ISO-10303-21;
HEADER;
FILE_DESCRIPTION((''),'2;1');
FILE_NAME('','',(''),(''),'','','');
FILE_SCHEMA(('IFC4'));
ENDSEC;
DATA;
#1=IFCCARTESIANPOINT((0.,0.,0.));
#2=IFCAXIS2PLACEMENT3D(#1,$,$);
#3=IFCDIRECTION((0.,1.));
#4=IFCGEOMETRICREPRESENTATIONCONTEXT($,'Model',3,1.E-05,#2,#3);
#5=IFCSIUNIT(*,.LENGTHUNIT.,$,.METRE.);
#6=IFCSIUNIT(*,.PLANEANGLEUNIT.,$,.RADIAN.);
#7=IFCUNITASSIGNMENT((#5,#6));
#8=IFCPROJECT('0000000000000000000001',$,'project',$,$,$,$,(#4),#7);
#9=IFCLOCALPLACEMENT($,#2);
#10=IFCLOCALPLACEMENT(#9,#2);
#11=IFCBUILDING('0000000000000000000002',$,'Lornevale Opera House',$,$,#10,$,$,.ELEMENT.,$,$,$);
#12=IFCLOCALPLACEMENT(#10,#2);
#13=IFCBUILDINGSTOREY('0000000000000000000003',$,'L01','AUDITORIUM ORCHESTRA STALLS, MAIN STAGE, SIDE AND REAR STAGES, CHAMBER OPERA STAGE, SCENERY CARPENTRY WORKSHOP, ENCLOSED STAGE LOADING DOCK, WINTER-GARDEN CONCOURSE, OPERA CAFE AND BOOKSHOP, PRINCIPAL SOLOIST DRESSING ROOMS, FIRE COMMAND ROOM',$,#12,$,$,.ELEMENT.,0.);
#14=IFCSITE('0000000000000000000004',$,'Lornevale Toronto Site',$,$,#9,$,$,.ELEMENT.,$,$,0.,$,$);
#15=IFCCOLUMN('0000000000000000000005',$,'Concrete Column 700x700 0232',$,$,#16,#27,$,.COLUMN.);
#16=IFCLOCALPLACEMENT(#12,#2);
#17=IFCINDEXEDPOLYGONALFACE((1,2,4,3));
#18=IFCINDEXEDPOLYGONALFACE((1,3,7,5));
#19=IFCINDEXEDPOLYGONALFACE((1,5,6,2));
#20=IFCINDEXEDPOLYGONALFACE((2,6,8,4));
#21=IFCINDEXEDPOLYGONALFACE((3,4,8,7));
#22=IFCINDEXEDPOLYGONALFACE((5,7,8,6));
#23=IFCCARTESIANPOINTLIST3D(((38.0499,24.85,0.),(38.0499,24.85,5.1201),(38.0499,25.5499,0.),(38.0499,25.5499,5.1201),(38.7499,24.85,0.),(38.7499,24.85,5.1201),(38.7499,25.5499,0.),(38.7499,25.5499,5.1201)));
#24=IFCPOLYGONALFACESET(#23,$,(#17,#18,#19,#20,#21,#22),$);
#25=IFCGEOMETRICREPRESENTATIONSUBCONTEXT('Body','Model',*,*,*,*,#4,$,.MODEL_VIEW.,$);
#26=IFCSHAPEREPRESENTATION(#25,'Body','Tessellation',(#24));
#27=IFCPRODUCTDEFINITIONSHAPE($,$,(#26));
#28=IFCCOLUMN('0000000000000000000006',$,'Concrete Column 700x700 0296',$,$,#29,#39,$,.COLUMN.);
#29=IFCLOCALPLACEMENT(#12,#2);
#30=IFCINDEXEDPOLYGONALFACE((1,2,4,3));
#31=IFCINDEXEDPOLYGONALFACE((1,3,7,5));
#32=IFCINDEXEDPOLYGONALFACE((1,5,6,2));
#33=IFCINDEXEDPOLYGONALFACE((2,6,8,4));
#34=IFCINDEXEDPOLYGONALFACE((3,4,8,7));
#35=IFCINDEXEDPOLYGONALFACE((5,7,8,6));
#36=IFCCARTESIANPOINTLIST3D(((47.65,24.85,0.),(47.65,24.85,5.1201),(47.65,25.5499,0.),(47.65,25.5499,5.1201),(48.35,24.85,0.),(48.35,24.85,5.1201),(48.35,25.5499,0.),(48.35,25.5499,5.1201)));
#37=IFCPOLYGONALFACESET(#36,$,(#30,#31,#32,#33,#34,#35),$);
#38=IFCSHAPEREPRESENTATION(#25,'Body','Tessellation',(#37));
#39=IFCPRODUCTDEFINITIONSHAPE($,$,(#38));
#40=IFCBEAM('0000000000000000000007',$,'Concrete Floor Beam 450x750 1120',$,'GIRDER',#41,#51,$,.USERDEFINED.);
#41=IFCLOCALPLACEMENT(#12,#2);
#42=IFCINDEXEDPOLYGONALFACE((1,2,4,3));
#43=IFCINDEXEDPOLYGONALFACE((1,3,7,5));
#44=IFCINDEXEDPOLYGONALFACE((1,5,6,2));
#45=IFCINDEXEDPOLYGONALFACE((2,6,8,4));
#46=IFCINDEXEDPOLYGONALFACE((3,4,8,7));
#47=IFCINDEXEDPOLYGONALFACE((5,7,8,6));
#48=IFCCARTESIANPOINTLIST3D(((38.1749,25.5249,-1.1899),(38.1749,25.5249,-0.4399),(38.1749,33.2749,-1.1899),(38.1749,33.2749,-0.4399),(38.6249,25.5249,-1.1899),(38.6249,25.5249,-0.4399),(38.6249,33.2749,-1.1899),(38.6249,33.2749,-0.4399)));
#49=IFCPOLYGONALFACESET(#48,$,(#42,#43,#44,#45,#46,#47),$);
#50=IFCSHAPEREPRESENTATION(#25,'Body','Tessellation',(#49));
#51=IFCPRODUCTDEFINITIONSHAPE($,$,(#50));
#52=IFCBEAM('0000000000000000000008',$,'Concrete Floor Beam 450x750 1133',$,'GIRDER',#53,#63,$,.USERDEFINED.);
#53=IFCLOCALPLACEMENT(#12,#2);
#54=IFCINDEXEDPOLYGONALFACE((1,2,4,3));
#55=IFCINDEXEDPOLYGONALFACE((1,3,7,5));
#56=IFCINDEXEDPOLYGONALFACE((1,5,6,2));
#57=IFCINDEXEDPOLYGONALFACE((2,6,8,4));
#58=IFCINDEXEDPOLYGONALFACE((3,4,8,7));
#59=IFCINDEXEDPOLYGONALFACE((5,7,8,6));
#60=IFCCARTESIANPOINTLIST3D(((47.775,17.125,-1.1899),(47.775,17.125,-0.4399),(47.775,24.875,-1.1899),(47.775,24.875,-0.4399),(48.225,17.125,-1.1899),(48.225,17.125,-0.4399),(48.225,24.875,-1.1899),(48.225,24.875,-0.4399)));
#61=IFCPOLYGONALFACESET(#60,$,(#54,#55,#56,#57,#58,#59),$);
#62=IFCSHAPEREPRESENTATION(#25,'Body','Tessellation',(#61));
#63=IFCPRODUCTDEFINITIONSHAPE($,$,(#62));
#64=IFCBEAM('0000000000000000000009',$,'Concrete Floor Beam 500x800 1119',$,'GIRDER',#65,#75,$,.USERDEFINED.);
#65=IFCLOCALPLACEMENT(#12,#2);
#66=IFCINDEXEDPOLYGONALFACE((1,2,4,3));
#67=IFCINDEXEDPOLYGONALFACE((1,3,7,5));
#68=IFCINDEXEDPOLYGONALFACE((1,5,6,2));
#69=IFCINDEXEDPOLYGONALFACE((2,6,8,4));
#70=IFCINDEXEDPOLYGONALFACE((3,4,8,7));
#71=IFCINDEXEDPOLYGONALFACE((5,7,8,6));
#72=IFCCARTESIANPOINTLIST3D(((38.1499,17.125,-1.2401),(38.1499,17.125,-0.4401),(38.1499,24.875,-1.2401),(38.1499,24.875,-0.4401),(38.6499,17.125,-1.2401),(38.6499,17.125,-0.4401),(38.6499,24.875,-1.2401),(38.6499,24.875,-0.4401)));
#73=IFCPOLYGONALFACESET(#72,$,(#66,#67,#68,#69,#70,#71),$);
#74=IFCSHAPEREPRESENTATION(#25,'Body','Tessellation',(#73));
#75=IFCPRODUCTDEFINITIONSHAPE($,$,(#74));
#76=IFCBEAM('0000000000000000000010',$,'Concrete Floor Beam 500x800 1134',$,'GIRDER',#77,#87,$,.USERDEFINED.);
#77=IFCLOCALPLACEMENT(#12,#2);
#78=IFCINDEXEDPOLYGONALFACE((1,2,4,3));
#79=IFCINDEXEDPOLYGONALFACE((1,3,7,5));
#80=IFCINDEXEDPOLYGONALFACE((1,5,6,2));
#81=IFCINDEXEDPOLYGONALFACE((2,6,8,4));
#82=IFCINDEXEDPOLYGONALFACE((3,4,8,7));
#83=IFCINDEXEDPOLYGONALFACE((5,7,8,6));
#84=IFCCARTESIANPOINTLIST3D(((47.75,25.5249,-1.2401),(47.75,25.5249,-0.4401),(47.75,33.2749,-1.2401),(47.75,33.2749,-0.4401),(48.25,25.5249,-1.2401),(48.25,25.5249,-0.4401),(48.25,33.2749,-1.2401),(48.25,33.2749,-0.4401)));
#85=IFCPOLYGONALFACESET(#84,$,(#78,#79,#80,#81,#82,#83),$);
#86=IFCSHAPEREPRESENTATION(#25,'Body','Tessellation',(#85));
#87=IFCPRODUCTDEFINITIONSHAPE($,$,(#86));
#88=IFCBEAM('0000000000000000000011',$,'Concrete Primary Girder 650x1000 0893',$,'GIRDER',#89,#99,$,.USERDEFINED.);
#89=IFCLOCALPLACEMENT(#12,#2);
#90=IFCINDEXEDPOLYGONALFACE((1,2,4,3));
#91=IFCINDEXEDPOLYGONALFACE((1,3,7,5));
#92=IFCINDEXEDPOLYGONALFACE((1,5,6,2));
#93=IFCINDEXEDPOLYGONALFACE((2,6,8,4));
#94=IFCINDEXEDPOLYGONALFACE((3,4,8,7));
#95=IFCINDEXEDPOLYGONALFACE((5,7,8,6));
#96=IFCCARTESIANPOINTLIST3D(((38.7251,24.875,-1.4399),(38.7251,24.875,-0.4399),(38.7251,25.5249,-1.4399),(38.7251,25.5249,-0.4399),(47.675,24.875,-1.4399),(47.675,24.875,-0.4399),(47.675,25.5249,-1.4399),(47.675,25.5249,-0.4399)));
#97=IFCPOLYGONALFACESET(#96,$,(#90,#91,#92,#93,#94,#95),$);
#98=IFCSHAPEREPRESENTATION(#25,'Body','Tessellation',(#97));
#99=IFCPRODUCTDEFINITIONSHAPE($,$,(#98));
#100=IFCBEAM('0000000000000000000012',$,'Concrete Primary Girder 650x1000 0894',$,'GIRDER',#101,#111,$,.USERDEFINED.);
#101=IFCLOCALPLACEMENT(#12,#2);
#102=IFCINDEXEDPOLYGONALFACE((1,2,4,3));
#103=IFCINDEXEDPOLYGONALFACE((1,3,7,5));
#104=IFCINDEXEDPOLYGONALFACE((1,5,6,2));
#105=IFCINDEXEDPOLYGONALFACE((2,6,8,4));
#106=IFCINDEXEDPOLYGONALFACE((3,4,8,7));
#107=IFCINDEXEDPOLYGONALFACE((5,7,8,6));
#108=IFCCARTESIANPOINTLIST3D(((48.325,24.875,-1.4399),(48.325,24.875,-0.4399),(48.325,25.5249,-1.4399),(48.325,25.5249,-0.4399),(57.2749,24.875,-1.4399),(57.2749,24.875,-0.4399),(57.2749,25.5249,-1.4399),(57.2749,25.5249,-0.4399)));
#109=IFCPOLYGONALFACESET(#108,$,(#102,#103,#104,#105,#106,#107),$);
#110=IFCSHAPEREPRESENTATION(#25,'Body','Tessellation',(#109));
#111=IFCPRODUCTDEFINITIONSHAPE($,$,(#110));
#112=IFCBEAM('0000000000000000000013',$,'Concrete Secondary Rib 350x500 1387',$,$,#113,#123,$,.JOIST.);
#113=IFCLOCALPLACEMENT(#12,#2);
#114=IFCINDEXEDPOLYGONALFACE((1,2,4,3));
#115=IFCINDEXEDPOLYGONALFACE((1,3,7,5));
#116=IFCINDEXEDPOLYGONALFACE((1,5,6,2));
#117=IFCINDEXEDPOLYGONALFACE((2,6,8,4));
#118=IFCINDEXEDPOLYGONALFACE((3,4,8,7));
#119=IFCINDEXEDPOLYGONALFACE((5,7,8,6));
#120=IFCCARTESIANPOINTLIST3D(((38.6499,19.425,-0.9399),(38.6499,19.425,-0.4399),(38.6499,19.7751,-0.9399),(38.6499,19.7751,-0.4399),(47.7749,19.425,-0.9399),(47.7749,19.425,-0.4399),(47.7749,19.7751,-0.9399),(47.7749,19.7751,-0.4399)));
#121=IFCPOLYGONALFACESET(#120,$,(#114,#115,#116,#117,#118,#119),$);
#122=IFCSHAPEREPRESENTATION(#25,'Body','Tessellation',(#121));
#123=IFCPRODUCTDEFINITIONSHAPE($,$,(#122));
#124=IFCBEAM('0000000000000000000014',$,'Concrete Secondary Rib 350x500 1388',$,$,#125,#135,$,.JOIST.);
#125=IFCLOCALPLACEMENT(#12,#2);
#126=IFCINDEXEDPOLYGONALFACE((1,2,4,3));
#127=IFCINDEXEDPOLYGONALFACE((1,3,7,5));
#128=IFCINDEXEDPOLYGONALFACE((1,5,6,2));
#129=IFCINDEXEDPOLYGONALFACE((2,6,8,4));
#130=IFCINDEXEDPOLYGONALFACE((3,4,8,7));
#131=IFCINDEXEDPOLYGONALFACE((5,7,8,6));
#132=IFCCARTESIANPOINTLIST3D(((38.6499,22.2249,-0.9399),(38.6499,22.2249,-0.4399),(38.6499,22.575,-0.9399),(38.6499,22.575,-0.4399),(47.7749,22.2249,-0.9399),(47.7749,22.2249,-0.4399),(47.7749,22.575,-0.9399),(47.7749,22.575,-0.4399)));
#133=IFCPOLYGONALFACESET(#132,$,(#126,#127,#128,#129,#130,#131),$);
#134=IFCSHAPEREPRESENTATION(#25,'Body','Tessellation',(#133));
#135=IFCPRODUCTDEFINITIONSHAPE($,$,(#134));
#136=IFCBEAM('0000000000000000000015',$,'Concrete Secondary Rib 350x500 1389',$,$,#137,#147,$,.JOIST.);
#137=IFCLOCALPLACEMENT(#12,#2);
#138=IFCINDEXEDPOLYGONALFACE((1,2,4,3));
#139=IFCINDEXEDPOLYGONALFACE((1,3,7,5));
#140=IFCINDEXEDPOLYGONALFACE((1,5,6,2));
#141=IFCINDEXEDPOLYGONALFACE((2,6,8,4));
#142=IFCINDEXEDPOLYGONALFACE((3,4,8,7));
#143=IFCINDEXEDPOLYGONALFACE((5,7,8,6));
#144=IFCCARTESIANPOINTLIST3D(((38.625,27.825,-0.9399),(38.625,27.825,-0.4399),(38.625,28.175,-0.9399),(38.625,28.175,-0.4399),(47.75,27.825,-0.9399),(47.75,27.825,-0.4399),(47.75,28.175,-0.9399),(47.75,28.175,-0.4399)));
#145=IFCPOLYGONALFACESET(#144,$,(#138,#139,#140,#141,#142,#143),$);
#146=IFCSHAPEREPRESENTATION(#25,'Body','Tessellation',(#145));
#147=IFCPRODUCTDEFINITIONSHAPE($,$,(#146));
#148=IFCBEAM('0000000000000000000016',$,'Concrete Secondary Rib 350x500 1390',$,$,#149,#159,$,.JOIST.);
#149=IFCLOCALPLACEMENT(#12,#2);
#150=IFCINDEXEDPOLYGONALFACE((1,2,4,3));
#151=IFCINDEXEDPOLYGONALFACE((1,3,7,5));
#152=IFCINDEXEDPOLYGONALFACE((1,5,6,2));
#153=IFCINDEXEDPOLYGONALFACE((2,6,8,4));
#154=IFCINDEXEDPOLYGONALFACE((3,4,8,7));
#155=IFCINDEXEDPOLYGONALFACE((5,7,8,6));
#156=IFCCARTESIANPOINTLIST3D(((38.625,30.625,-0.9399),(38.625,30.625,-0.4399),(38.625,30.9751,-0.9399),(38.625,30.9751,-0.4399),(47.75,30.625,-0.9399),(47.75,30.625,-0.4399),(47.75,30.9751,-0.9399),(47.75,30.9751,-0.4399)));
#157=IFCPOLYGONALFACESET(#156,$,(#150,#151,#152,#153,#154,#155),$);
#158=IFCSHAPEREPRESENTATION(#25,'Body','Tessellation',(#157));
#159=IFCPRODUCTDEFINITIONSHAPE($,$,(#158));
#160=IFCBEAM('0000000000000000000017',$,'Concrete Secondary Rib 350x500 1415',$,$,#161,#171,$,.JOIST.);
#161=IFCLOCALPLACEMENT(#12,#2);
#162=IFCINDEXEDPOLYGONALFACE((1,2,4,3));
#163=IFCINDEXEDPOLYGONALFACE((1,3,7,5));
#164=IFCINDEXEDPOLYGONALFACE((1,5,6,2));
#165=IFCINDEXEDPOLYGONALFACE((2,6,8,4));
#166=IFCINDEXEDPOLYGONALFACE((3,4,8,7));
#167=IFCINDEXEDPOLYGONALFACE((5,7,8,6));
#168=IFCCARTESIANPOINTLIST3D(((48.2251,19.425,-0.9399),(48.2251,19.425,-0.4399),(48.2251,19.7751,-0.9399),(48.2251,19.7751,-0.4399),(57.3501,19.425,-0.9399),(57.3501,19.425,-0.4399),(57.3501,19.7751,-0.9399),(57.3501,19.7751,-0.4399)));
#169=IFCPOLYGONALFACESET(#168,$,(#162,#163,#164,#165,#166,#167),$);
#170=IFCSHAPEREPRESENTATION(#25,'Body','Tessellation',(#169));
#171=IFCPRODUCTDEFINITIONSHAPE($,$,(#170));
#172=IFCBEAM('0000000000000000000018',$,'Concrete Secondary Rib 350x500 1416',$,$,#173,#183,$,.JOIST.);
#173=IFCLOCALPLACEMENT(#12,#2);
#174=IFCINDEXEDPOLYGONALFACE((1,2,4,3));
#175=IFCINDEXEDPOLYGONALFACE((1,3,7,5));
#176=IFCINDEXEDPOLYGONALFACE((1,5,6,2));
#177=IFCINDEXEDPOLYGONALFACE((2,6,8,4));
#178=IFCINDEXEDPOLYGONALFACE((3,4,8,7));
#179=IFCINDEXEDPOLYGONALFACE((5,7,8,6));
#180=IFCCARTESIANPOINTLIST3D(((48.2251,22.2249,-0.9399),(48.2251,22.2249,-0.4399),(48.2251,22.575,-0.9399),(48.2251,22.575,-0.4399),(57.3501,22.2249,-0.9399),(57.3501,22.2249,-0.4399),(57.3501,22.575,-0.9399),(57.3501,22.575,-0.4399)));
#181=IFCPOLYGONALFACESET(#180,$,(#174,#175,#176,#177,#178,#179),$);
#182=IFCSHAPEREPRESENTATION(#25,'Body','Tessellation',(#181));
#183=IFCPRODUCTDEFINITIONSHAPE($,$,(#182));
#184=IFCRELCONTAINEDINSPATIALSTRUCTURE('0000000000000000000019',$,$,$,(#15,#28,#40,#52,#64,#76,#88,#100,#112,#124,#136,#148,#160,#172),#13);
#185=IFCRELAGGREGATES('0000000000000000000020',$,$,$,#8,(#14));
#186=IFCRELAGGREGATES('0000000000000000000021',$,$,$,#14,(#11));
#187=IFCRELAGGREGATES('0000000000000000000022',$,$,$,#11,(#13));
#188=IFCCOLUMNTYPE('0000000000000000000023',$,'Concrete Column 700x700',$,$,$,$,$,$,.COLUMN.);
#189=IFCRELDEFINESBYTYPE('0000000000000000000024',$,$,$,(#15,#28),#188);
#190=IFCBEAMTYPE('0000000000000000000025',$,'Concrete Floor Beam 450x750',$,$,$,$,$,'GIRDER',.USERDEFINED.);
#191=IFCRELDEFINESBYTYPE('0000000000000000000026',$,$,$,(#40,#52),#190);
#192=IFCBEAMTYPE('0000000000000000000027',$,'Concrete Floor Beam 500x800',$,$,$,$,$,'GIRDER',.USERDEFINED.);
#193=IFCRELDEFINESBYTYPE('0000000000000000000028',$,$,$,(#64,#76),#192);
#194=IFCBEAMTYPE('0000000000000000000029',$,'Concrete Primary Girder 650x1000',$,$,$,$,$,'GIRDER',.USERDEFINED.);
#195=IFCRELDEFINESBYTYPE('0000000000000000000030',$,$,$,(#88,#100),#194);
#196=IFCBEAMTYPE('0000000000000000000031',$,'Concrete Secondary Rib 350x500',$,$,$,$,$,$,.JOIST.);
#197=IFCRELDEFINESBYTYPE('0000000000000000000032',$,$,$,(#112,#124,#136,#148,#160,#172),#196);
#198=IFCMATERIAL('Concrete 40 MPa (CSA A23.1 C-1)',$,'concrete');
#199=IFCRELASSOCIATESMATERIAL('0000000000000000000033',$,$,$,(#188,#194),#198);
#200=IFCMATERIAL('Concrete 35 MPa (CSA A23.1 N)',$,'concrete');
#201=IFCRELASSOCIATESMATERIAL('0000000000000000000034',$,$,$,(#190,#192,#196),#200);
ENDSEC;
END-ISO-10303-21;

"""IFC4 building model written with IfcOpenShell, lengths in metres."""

from ifc_helpers import new_model, si_unit, direction, frame, origin, origin_2d, place, context, subcontext, project, spatial, rectangle, extrude, material, material_profile, profile_set, type_object, element, save


model = new_model("IFC4")

# Units and contexts
model_context = context("Model", 3, precision=1e-05, world=origin(), true_north=direction((0.0, 1.0)))
body_context = subcontext(model_context, "Body", "Model", "MODEL_VIEW")
ifc_project = project(units=[si_unit("LENGTHUNIT", "METRE"), si_unit("PLANEANGLEUNIT", "RADIAN")], contexts=[model_context])

# Site, building, storey
site_placement = place(None, origin())
site = spatial("IfcSite", under=ifc_project, at=site_placement, Name="Lornevale Toronto Site", CompositionType="ELEMENT", RefElevation=0.0)
building_placement = place(site_placement, origin())
building = spatial("IfcBuilding", under=site, at=building_placement, Name="Lornevale Opera House", CompositionType="ELEMENT")
storey_placement = place(building_placement, origin())
storey = spatial("IfcBuildingStorey", under=building, at=storey_placement, Name="L01", Description="AUDITORIUM ORCHESTRA STALLS, MAIN STAGE, SIDE AND REAR STAGES, CHAMBER OPERA STAGE, SCENERY CARPENTRY WORKSHOP, ENCLOSED STAGE LOADING DOCK, WINTER-GARDEN CONCOURSE, OPERA CAFE AND BOOKSHOP, PRINCIPAL SOLOIST DRESSING ROOMS, FIRE COMMAND ROOM", CompositionType="ELEMENT", Elevation=0.0)

# Columns
ifc_material_1 = material(Name="Concrete 40 MPa (CSA A23.1 C-1)", Category="concrete")
ifc_material_profile_1 = material_profile(ifc_material_1, rectangle(XDim=0.7, YDim=0.7, at=origin_2d()), Name="RC700x700")
ifc_profile_set_1 = profile_set([ifc_material_profile_1], Name="Concrete 40 MPa (CSA A23.1 C-1)")
column_type = type_object("IfcColumnType", Name="Concrete Column 700x700", PredefinedType="COLUMN", material=ifc_profile_set_1)
for number, where, z_axis, x_axis, name in (
    (1, (38.3999, 25.2, 0.0), (0.0, 0.0, 1.0), (1.0, 0.0, 0.0), "Concrete Column 700x700 0232"),
    (2, (48.0, 25.2, 0.0), (0.0, 0.0, 1.0), (1.0, 0.0, 0.0), "Concrete Column 700x700 0296"),
):
    element("IfcColumn", number, at=place(storey_placement, frame(where, z_axis=z_axis, x_axis=x_axis)), inside=storey, type_object=column_type, Name=name, PredefinedType="COLUMN", context=body_context, shape_type="SweptSolid", body=[
        extrude(rectangle(XDim=0.7, YDim=0.7, at=origin_2d()), origin(), (0.0, 0.0, 1.0), 5.1201),
    ])

# Beams
ifc_material_2 = material(Name="Concrete 35 MPa (CSA A23.1 N)", Category="concrete")
ifc_material_profile_2 = material_profile(ifc_material_2, rectangle(XDim=0.45, YDim=0.75, at=origin_2d()), Name="RC450x750")
ifc_profile_set_2 = profile_set([ifc_material_profile_2], Name="Concrete 35 MPa (CSA A23.1 N)")
beam_type_1 = type_object("IfcBeamType", Name="Concrete Floor Beam 450x750", ElementType="GIRDER", PredefinedType="USERDEFINED", material=ifc_profile_set_2)
for number, where, z_axis, x_axis, name in (
    (3, (38.3999, 25.5249, -0.8149), (0.0, 1.0, 0.0), (-1.0, 0.0, 0.0), "Concrete Floor Beam 450x750 1120"),
    (4, (48.0, 17.125, -0.8149), (0.0, 1.0, 0.0), (-1.0, 0.0, 0.0), "Concrete Floor Beam 450x750 1133"),
):
    element("IfcBeam", number, at=place(storey_placement, frame(where, z_axis=z_axis, x_axis=x_axis)), inside=storey, type_object=beam_type_1, Name=name, ObjectType="GIRDER", PredefinedType="USERDEFINED", context=body_context, shape_type="SweptSolid", body=[
        extrude(rectangle(XDim=0.45, YDim=0.75, at=origin_2d()), origin(), (0.0, 0.0, 1.0), 7.75),
    ])
ifc_material_profile_3 = material_profile(ifc_material_2, rectangle(XDim=0.5, YDim=0.8, at=origin_2d()), Name="RC500x800")
ifc_profile_set_3 = profile_set([ifc_material_profile_3], Name="Concrete 35 MPa (CSA A23.1 N)")
beam_type_2 = type_object("IfcBeamType", Name="Concrete Floor Beam 500x800", ElementType="GIRDER", PredefinedType="USERDEFINED", material=ifc_profile_set_3)
for number, where, z_axis, x_axis, name in (
    (5, (38.3999, 17.125, -0.8401), (0.0, 1.0, 0.0), (-1.0, 0.0, 0.0), "Concrete Floor Beam 500x800 1119"),
    (6, (48.0, 25.5249, -0.8401), (0.0, 1.0, 0.0), (-1.0, 0.0, 0.0), "Concrete Floor Beam 500x800 1134"),
):
    element("IfcBeam", number, at=place(storey_placement, frame(where, z_axis=z_axis, x_axis=x_axis)), inside=storey, type_object=beam_type_2, Name=name, ObjectType="GIRDER", PredefinedType="USERDEFINED", context=body_context, shape_type="SweptSolid", body=[
        extrude(rectangle(XDim=0.5, YDim=0.8, at=origin_2d()), origin(), (0.0, 0.0, 1.0), 7.75),
    ])
ifc_material_profile_4 = material_profile(ifc_material_1, rectangle(XDim=0.6499, YDim=1.0, at=origin_2d()), Name="RC650x1000")
ifc_profile_set_4 = profile_set([ifc_material_profile_4], Name="Concrete 40 MPa (CSA A23.1 C-1)")
beam_type_3 = type_object("IfcBeamType", Name="Concrete Primary Girder 650x1000", ElementType="GIRDER", PredefinedType="USERDEFINED", material=ifc_profile_set_4)
for number, where, z_axis, x_axis, name in (
    (7, (38.7251, 25.2, -0.9399), (1.0, 0.0, 0.0), (0.0, 1.0, 0.0), "Concrete Primary Girder 650x1000 0893"),
    (8, (48.325, 25.2, -0.9399), (1.0, 0.0, 0.0), (0.0, 1.0, 0.0), "Concrete Primary Girder 650x1000 0894"),
):
    element("IfcBeam", number, at=place(storey_placement, frame(where, z_axis=z_axis, x_axis=x_axis)), inside=storey, type_object=beam_type_3, Name=name, ObjectType="GIRDER", PredefinedType="USERDEFINED", context=body_context, shape_type="SweptSolid", body=[
        extrude(rectangle(XDim=0.6499, YDim=1.0, at=origin_2d()), origin(), (0.0, 0.0, 1.0), 8.95),
    ])
ifc_material_profile_5 = material_profile(ifc_material_2, rectangle(XDim=0.3501, YDim=0.5, at=origin_2d()), Name="RC350x500")
ifc_profile_set_5 = profile_set([ifc_material_profile_5], Name="Concrete 35 MPa (CSA A23.1 N)")
beam_type_4 = type_object("IfcBeamType", Name="Concrete Secondary Rib 350x500", PredefinedType="JOIST", material=ifc_profile_set_5)
for number, where, z_axis, x_axis, name in (
    (9, (38.6499, 19.6001, -0.6899), (1.0, 0.0, 0.0), (0.0, 1.0, 0.0), "Concrete Secondary Rib 350x500 1387"),
    (10, (38.6499, 22.3999, -0.6899), (1.0, 0.0, 0.0), (0.0, 1.0, 0.0), "Concrete Secondary Rib 350x500 1388"),
    (11, (38.625, 28.0, -0.6899), (1.0, 0.0, 0.0), (0.0, 1.0, 0.0), "Concrete Secondary Rib 350x500 1389"),
    (12, (38.625, 30.8, -0.6899), (1.0, 0.0, 0.0), (0.0, 1.0, 0.0), "Concrete Secondary Rib 350x500 1390"),
    (13, (48.2251, 19.6001, -0.6899), (1.0, 0.0, 0.0), (0.0, 1.0, 0.0), "Concrete Secondary Rib 350x500 1415"),
    (14, (48.2251, 22.3999, -0.6899), (1.0, 0.0, 0.0), (0.0, 1.0, 0.0), "Concrete Secondary Rib 350x500 1416"),
):
    element("IfcBeam", number, at=place(storey_placement, frame(where, z_axis=z_axis, x_axis=x_axis)), inside=storey, type_object=beam_type_4, Name=name, PredefinedType="JOIST", context=body_context, shape_type="SweptSolid", body=[
        extrude(rectangle(XDim=0.3501, YDim=0.5, at=origin_2d()), origin(), (0.0, 0.0, 1.0), 9.125),
    ])

save(model, "model.ifc")
